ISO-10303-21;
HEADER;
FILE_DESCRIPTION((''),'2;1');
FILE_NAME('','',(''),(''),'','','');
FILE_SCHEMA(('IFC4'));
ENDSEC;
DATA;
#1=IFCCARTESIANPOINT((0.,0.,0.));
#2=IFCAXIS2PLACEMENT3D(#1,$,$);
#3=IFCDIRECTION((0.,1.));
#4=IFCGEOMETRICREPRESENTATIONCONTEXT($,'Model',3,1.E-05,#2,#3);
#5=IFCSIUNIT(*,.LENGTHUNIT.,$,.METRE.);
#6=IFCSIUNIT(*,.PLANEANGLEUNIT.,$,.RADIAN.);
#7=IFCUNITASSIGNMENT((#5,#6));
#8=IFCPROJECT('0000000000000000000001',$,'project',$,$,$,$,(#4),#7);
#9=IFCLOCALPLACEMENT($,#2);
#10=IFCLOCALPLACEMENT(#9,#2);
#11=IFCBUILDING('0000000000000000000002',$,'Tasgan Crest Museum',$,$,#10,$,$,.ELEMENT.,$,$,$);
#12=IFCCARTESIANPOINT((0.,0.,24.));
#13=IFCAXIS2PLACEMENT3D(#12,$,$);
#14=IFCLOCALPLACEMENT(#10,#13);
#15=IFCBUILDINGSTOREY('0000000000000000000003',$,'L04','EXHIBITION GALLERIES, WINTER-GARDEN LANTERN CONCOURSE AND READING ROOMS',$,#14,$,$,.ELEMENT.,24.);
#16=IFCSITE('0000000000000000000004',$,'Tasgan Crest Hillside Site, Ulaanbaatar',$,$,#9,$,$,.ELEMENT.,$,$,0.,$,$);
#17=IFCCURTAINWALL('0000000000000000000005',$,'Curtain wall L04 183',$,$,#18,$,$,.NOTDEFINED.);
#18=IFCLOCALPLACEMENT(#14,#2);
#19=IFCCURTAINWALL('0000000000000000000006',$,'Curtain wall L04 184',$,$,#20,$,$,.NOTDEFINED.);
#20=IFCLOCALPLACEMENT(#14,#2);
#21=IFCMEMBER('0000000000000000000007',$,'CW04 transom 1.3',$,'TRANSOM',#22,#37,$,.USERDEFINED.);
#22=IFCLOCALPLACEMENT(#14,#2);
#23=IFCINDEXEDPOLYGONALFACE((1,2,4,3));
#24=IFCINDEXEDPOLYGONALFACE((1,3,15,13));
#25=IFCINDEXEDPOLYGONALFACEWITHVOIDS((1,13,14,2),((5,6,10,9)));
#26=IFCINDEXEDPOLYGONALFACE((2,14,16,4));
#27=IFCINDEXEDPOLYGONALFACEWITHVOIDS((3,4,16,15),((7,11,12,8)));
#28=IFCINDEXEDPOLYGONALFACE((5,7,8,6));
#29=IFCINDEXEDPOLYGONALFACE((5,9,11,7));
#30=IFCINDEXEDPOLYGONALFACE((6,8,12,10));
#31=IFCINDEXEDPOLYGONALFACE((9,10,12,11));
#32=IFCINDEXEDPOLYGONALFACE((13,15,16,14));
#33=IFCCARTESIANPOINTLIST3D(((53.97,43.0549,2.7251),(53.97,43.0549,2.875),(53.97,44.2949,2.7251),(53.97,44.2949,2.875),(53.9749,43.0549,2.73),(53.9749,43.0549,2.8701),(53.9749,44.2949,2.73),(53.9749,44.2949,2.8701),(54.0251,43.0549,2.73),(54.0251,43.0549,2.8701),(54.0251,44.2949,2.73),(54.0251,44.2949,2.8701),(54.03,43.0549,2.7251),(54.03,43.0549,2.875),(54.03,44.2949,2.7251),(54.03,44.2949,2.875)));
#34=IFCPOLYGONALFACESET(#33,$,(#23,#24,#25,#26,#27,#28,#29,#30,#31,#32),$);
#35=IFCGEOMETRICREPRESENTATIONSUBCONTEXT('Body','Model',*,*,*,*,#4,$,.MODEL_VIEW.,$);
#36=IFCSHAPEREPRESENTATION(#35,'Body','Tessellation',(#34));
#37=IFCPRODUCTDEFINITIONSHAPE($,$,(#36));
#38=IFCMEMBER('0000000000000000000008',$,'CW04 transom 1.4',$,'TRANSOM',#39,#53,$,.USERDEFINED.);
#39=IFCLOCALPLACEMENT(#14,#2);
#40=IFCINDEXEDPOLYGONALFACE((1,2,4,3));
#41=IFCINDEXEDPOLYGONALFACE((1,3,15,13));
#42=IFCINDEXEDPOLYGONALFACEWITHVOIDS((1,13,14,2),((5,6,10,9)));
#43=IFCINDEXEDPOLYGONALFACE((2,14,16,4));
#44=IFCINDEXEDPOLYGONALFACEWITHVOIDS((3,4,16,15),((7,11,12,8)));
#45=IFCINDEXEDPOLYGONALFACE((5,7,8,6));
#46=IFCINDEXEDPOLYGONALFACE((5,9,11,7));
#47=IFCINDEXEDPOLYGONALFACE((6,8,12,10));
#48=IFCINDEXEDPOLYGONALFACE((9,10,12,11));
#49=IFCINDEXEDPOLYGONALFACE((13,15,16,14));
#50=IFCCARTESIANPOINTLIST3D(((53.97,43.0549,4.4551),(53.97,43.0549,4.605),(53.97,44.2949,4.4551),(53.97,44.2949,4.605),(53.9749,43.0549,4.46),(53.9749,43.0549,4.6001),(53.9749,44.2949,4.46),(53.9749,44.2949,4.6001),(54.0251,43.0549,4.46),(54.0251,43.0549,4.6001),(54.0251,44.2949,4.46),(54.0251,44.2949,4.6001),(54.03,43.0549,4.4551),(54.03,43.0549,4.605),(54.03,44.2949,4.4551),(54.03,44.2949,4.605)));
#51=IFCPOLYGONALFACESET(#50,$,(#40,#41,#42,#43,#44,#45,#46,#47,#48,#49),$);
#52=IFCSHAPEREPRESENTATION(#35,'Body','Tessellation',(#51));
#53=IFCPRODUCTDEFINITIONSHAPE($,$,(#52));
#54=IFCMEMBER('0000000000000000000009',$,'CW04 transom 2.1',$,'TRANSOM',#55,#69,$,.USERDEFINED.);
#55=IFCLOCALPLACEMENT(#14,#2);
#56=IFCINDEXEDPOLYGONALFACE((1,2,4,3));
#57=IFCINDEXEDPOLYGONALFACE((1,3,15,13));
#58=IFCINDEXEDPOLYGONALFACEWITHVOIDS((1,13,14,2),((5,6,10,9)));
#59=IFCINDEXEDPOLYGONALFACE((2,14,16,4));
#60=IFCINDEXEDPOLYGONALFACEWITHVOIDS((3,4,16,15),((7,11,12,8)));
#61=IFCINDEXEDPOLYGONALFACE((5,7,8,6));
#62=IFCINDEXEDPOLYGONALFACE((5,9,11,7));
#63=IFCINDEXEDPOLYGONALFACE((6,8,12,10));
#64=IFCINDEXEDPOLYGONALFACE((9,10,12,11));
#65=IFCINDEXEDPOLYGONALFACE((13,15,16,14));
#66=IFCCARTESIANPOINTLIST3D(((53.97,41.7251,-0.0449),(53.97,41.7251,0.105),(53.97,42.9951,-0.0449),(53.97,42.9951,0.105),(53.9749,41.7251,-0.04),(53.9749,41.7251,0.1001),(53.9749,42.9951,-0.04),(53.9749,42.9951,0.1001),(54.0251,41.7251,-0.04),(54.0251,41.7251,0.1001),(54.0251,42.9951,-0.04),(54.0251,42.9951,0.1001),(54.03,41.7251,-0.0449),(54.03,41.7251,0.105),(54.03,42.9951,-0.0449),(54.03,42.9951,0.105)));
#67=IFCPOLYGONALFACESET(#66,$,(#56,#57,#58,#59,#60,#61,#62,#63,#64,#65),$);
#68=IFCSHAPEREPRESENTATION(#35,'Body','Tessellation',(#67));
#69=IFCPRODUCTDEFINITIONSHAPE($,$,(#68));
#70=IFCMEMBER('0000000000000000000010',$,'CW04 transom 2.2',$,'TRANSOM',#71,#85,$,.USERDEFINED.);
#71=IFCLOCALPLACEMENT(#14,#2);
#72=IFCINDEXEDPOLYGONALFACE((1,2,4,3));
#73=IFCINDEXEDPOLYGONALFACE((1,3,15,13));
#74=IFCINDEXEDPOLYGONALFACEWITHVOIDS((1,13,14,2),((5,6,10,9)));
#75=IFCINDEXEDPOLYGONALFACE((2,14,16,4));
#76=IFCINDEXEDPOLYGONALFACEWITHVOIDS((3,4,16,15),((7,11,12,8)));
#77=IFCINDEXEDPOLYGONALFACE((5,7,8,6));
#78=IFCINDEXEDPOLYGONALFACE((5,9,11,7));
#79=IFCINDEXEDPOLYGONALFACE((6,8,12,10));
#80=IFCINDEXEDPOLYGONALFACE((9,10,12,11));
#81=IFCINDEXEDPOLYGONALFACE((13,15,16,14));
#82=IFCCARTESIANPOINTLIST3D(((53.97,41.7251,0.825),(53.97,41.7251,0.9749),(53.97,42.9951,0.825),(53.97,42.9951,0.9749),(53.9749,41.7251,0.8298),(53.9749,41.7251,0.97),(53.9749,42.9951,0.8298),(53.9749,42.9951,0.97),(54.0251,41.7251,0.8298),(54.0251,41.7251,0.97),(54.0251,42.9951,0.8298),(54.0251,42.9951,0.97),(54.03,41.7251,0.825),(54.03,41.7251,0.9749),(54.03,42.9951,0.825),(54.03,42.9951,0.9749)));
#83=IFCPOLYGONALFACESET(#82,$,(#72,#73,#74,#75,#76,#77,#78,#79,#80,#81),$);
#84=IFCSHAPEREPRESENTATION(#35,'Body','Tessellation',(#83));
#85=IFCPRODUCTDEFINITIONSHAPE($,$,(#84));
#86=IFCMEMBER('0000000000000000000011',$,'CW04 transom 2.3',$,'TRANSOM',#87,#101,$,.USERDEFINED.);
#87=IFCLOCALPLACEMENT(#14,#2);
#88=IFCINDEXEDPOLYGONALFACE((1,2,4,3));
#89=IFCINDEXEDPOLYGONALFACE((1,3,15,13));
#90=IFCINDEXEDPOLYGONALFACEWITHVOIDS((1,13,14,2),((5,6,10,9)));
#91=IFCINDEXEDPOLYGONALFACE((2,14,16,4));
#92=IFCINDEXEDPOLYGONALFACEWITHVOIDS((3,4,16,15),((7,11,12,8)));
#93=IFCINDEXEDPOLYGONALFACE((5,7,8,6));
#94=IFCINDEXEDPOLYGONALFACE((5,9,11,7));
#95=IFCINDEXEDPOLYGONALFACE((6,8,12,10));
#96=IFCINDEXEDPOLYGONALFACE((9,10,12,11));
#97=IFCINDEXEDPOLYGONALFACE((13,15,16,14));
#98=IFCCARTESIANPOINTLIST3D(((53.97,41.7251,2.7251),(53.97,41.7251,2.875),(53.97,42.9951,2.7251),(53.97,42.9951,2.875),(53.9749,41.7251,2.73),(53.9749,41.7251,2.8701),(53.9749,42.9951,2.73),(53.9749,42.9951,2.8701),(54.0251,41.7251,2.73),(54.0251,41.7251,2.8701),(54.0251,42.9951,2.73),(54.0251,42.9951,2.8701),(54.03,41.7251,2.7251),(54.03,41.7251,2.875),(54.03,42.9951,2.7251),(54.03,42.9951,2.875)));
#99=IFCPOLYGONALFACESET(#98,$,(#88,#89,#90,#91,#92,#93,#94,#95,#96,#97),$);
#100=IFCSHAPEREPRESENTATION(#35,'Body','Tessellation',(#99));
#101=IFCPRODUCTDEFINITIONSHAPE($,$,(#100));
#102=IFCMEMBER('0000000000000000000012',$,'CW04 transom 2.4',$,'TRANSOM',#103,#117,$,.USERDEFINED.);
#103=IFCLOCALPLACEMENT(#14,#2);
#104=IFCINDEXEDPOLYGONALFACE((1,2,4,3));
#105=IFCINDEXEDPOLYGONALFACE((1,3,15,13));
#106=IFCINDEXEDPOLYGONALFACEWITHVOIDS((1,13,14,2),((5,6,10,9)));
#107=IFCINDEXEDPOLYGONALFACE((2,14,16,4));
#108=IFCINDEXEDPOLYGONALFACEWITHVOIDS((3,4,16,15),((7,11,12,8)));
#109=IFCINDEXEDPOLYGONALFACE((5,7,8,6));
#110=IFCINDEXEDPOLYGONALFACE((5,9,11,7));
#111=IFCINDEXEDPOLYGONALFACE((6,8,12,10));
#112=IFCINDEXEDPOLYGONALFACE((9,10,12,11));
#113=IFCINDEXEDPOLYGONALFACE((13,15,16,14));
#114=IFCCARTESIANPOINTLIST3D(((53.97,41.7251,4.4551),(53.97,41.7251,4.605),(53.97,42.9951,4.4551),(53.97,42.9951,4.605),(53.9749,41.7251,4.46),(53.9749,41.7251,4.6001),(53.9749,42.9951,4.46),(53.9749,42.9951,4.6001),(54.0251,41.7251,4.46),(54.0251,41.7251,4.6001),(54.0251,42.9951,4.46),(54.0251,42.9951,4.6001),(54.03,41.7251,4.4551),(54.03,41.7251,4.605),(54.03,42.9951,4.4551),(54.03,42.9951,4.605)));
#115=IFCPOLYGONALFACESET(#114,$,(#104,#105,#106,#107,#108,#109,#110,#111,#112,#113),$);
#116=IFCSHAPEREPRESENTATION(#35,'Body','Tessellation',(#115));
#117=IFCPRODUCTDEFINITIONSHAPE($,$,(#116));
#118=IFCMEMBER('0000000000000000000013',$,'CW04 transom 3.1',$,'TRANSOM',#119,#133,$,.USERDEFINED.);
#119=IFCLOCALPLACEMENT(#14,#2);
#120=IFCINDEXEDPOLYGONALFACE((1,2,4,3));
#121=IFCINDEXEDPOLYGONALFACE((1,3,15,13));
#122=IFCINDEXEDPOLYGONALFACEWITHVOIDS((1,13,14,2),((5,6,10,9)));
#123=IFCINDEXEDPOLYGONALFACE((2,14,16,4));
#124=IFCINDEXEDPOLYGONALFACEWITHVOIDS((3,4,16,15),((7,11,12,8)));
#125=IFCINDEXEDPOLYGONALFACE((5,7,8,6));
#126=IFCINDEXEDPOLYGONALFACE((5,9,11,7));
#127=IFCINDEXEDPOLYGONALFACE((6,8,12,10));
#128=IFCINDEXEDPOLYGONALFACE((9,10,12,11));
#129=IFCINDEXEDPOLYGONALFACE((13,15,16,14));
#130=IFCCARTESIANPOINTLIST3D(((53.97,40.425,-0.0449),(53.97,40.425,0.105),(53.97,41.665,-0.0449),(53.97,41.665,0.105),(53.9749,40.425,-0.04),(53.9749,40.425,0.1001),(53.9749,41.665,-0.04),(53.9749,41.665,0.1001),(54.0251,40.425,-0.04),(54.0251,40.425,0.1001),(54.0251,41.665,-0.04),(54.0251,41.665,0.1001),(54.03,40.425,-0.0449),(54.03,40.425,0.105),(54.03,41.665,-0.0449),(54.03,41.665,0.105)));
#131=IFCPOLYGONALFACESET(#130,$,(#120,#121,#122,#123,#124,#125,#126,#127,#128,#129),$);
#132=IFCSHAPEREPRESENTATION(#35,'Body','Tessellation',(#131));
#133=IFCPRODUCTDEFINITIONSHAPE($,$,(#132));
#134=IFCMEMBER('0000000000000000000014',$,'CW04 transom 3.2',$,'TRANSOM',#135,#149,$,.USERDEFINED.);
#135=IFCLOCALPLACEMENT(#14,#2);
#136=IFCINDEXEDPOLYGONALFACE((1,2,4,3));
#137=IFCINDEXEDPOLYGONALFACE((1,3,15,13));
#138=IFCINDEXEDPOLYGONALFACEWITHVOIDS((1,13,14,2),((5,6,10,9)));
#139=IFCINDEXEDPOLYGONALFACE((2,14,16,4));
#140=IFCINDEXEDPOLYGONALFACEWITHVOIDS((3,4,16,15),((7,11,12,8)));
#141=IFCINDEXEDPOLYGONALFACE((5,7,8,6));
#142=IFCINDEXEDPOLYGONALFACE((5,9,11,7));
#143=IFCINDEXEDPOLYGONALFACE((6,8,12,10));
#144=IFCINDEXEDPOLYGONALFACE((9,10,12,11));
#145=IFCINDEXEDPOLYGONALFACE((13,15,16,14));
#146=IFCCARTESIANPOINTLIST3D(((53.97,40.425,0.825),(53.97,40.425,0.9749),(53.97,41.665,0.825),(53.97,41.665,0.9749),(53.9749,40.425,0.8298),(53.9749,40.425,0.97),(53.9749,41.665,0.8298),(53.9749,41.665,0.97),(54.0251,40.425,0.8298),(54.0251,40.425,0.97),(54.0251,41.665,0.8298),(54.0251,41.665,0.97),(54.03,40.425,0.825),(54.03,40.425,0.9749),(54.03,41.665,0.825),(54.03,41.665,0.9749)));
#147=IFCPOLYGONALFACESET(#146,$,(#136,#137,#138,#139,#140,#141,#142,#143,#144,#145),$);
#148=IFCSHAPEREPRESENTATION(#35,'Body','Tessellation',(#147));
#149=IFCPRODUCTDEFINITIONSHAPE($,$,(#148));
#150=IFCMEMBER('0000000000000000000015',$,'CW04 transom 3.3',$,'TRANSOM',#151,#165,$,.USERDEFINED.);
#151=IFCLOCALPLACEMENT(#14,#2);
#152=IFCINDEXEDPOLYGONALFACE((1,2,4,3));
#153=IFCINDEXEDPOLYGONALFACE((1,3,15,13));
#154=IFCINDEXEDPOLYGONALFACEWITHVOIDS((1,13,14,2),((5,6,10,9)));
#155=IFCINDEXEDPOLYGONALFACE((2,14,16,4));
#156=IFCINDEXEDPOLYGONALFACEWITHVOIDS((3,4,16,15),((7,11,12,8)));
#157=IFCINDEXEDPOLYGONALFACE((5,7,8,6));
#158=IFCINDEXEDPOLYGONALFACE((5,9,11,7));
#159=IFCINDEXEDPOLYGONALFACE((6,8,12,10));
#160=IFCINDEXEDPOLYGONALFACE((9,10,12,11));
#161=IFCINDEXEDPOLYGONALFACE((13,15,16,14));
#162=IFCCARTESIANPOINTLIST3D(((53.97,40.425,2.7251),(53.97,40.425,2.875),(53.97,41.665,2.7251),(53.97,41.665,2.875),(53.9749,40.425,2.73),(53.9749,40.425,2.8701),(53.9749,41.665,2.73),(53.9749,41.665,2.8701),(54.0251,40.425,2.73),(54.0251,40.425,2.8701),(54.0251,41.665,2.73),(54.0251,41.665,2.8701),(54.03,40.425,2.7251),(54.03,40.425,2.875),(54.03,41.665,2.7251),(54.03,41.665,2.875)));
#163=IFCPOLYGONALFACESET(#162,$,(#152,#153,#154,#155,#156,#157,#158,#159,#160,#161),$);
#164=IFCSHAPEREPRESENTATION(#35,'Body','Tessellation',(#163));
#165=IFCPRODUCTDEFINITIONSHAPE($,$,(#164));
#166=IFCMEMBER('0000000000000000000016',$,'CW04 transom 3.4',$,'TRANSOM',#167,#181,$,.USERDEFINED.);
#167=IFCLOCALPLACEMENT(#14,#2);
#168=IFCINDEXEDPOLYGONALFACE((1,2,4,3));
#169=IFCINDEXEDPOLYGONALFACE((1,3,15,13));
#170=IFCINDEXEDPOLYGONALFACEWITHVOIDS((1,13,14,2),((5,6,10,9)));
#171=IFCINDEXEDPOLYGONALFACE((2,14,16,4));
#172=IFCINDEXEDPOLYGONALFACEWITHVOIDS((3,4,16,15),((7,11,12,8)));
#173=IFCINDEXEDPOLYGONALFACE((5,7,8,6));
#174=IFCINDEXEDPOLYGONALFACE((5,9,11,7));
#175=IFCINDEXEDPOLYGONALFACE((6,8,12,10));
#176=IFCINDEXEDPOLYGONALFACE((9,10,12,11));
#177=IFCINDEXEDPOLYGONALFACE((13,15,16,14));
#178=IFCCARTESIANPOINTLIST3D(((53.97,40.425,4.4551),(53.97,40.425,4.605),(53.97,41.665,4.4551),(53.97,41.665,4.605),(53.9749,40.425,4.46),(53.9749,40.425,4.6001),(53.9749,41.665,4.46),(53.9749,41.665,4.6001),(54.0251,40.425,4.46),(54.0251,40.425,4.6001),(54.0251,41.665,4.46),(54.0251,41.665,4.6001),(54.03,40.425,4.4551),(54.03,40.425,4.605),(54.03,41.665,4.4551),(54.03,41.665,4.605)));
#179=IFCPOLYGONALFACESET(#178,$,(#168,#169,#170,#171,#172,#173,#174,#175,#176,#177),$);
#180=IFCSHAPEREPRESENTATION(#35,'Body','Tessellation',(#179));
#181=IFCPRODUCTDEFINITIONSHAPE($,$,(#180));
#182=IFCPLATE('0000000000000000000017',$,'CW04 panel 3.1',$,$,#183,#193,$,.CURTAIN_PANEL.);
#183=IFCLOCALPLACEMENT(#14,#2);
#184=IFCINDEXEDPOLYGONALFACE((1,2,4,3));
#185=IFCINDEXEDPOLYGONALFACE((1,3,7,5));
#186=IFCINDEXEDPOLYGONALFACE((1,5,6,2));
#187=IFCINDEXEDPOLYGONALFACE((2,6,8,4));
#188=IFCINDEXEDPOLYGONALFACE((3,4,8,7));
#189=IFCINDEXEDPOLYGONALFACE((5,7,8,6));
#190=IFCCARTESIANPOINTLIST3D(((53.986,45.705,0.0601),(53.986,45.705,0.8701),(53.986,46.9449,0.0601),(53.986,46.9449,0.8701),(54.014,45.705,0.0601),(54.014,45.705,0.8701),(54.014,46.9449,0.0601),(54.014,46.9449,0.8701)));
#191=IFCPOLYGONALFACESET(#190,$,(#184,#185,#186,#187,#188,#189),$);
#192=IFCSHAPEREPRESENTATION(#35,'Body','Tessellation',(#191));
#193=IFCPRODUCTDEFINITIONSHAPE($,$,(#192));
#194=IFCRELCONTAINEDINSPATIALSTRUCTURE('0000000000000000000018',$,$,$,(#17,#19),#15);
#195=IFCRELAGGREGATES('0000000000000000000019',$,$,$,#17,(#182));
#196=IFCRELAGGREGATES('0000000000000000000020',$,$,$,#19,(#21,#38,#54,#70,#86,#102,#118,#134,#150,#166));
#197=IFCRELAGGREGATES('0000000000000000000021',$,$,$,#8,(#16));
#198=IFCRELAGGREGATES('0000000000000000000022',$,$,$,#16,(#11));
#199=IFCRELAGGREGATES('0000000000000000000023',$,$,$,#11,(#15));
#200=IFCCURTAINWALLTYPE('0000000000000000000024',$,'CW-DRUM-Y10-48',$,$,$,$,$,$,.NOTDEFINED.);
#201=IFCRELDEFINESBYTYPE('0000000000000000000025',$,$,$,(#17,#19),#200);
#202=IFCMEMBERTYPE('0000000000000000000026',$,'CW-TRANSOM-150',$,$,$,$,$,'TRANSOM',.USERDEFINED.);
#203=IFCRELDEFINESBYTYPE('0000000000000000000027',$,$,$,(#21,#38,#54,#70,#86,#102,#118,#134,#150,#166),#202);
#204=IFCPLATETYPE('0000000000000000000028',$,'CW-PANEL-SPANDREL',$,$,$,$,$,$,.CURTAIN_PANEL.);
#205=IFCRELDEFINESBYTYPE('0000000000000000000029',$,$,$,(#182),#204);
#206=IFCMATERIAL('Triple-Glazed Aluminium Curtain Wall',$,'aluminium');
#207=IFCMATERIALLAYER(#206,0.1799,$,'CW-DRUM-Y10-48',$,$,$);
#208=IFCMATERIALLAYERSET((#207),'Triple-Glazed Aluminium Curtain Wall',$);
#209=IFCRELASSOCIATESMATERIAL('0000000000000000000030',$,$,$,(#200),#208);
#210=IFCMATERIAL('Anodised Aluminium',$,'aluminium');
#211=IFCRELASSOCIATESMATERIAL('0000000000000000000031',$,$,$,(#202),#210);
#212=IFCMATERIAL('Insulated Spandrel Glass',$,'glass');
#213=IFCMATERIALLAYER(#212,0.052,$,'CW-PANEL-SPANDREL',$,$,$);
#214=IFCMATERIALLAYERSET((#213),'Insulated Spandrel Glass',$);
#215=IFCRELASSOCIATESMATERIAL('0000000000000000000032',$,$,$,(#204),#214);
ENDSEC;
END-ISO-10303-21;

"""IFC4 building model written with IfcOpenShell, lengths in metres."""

from ifc_helpers import new_model, si_unit, direction, frame, origin, origin_2d, place, context, subcontext, project, spatial, rectangle, hollow_rectangle, extrude, material, layer, layer_set, material_profile, profile_set, type_object, element, aggregate, save


model = new_model("IFC4")

# Units and contexts
model_context = context("Model", 3, precision=1e-05, world=origin(), true_north=direction((0.0, 1.0)))
body_context = subcontext(model_context, "Body", "Model", "MODEL_VIEW")
ifc_project = project(units=[si_unit("LENGTHUNIT", "METRE"), si_unit("PLANEANGLEUNIT", "RADIAN")], contexts=[model_context])

# Site, building, storey
site_placement = place(None, origin())
site = spatial("IfcSite", under=ifc_project, at=site_placement, Name="Tasgan Crest Hillside Site, Ulaanbaatar", CompositionType="ELEMENT", RefElevation=0.0)
building_placement = place(site_placement, origin())
building = spatial("IfcBuilding", under=site, at=building_placement, Name="Tasgan Crest Museum", CompositionType="ELEMENT")
storey_placement = place(building_placement, frame((0.0, 0.0, 24.0)))
storey = spatial("IfcBuildingStorey", under=building, at=storey_placement, Name="L04", Description="EXHIBITION GALLERIES, WINTER-GARDEN LANTERN CONCOURSE AND READING ROOMS", CompositionType="ELEMENT", Elevation=24.0)

# Curtain walls
ifc_material_1 = material(Name="Triple-Glazed Aluminium Curtain Wall", Category="aluminium")
ifc_layer_1 = layer(ifc_material_1, 0.1799, Name="CW-DRUM-Y10-48")
ifc_layer_set_1 = layer_set([ifc_layer_1], Name="Triple-Glazed Aluminium Curtain Wall")
curtain_wall_type = type_object("IfcCurtainWallType", Name="CW-DRUM-Y10-48", PredefinedType="NOTDEFINED", material=ifc_layer_set_1)
curtain_wall_1_placement = place(storey_placement, origin())
curtain_wall_1 = element("IfcCurtainWall", 1, at=curtain_wall_1_placement, inside=storey, type_object=curtain_wall_type, Name="Curtain wall L04 183", PredefinedType="NOTDEFINED")
curtain_wall_2_placement = place(storey_placement, origin())
curtain_wall_2 = element("IfcCurtainWall", 2, at=curtain_wall_2_placement, inside=storey, type_object=curtain_wall_type, Name="Curtain wall L04 184", PredefinedType="NOTDEFINED")

# Members
ifc_material_2 = material(Name="Anodised Aluminium", Category="aluminium")
ifc_material_profile_1 = material_profile(ifc_material_2, hollow_rectangle(XDim=0.0601, YDim=0.1499, WallThickness=0.0049, at=origin_2d()), Name="ALU TRANSOM 150x60x5")
ifc_profile_set_1 = profile_set([ifc_material_profile_1], Name="Anodised Aluminium")
member_type_1 = type_object("IfcMemberType", Name="CW-TRANSOM-150", ElementType="TRANSOM", PredefinedType="USERDEFINED", material=ifc_profile_set_1)
member_1_placement = place(storey_placement, frame((54.0, 44.2949, 2.8), z_axis=(0.0, -1.0, 0.0), x_axis=(1.0, 0.0, 0.0)))
member_1 = element("IfcMember", 3, at=member_1_placement, type_object=member_type_1, Name="CW04 transom 1.3", ObjectType="TRANSOM", PredefinedType="USERDEFINED", context=body_context, shape_type="SweptSolid", body=[
    extrude(hollow_rectangle(XDim=0.0601, YDim=0.1499, WallThickness=0.0049, at=origin_2d()), origin(), (0.0, 0.0, 1.0), 1.24),
])
member_2_placement = place(storey_placement, frame((54.0, 44.2949, 4.53), z_axis=(0.0, -1.0, 0.0), x_axis=(1.0, 0.0, 0.0)))
member_2 = element("IfcMember", 4, at=member_2_placement, type_object=member_type_1, Name="CW04 transom 1.4", ObjectType="TRANSOM", PredefinedType="USERDEFINED", context=body_context, shape_type="SweptSolid", body=[
    extrude(hollow_rectangle(XDim=0.0601, YDim=0.1499, WallThickness=0.0049, at=origin_2d()), origin(), (0.0, 0.0, 1.0), 1.24),
])
member_3_placement = place(storey_placement, frame((54.0, 42.9951, 0.03), z_axis=(0.0, -1.0, 0.0), x_axis=(1.0, 0.0, 0.0)))
member_3 = element("IfcMember", 5, at=member_3_placement, type_object=member_type_1, Name="CW04 transom 2.1", ObjectType="TRANSOM", PredefinedType="USERDEFINED", context=body_context, shape_type="SweptSolid", body=[
    extrude(hollow_rectangle(XDim=0.0601, YDim=0.1499, WallThickness=0.0049, at=origin_2d()), origin(), (0.0, 0.0, 1.0), 1.27),
])
member_4_placement = place(storey_placement, frame((54.0, 42.9951, 0.8999), z_axis=(0.0, -1.0, 0.0), x_axis=(1.0, 0.0, 0.0)))
member_4 = element("IfcMember", 6, at=member_4_placement, type_object=member_type_1, Name="CW04 transom 2.2", ObjectType="TRANSOM", PredefinedType="USERDEFINED", context=body_context, shape_type="SweptSolid", body=[
    extrude(hollow_rectangle(XDim=0.0601, YDim=0.1499, WallThickness=0.0049, at=origin_2d()), origin(), (0.0, 0.0, 1.0), 1.27),
])
member_5_placement = place(storey_placement, frame((54.0, 42.9951, 2.8), z_axis=(0.0, -1.0, 0.0), x_axis=(1.0, 0.0, 0.0)))
member_5 = element("IfcMember", 7, at=member_5_placement, type_object=member_type_1, Name="CW04 transom 2.3", ObjectType="TRANSOM", PredefinedType="USERDEFINED", context=body_context, shape_type="SweptSolid", body=[
    extrude(hollow_rectangle(XDim=0.0601, YDim=0.1499, WallThickness=0.0049, at=origin_2d()), origin(), (0.0, 0.0, 1.0), 1.27),
])
member_6_placement = place(storey_placement, frame((54.0, 42.9951, 4.53), z_axis=(0.0, -1.0, 0.0), x_axis=(1.0, 0.0, 0.0)))
member_6 = element("IfcMember", 8, at=member_6_placement, type_object=member_type_1, Name="CW04 transom 2.4", ObjectType="TRANSOM", PredefinedType="USERDEFINED", context=body_context, shape_type="SweptSolid", body=[
    extrude(hollow_rectangle(XDim=0.0601, YDim=0.1499, WallThickness=0.0049, at=origin_2d()), origin(), (0.0, 0.0, 1.0), 1.27),
])
member_7_placement = place(storey_placement, frame((54.0, 41.665, 0.03), z_axis=(0.0, -1.0, 0.0), x_axis=(1.0, 0.0, 0.0)))
member_7 = element("IfcMember", 9, at=member_7_placement, type_object=member_type_1, Name="CW04 transom 3.1", ObjectType="TRANSOM", PredefinedType="USERDEFINED", context=body_context, shape_type="SweptSolid", body=[
    extrude(hollow_rectangle(XDim=0.0601, YDim=0.1499, WallThickness=0.0049, at=origin_2d()), origin(), (0.0, 0.0, 1.0), 1.24),
])
member_8_placement = place(storey_placement, frame((54.0, 41.665, 0.8999), z_axis=(0.0, -1.0, 0.0), x_axis=(1.0, 0.0, 0.0)))
member_8 = element("IfcMember", 10, at=member_8_placement, type_object=member_type_1, Name="CW04 transom 3.2", ObjectType="TRANSOM", PredefinedType="USERDEFINED", context=body_context, shape_type="SweptSolid", body=[
    extrude(hollow_rectangle(XDim=0.0601, YDim=0.1499, WallThickness=0.0049, at=origin_2d()), origin(), (0.0, 0.0, 1.0), 1.24),
])
member_9_placement = place(storey_placement, frame((54.0, 41.665, 2.8), z_axis=(0.0, -1.0, 0.0), x_axis=(1.0, 0.0, 0.0)))
member_9 = element("IfcMember", 11, at=member_9_placement, type_object=member_type_1, Name="CW04 transom 3.3", ObjectType="TRANSOM", PredefinedType="USERDEFINED", context=body_context, shape_type="SweptSolid", body=[
    extrude(hollow_rectangle(XDim=0.0601, YDim=0.1499, WallThickness=0.0049, at=origin_2d()), origin(), (0.0, 0.0, 1.0), 1.24),
])
member_10_placement = place(storey_placement, frame((54.0, 41.665, 4.53), z_axis=(0.0, -1.0, 0.0), x_axis=(1.0, 0.0, 0.0)))
member_10 = element("IfcMember", 12, at=member_10_placement, type_object=member_type_1, Name="CW04 transom 3.4", ObjectType="TRANSOM", PredefinedType="USERDEFINED", context=body_context, shape_type="SweptSolid", body=[
    extrude(hollow_rectangle(XDim=0.0601, YDim=0.1499, WallThickness=0.0049, at=origin_2d()), origin(), (0.0, 0.0, 1.0), 1.24),
])

# Plate
ifc_material_3 = material(Name="Insulated Spandrel Glass", Category="glass")
ifc_layer_2 = layer(ifc_material_3, 0.052, Name="CW-PANEL-SPANDREL")
ifc_layer_set_2 = layer_set([ifc_layer_2], Name="Insulated Spandrel Glass")
plate_type_1 = type_object("IfcPlateType", Name="CW-PANEL-SPANDREL", PredefinedType="CURTAIN_PANEL", material=ifc_layer_set_2)
plate_1_placement = place(storey_placement, frame((54.0, 46.325, 0.0601), z_axis=(0.0, 0.0, 1.0), x_axis=(0.0, -1.0, 0.0)))
plate_1 = element("IfcPlate", 13, at=plate_1_placement, type_object=plate_type_1, Name="CW04 panel 3.1", PredefinedType="CURTAIN_PANEL", context=body_context, shape_type="SweptSolid", body=[
    extrude(rectangle(XDim=1.24, YDim=0.0281, at=origin_2d()), origin(), (0.0, 0.0, 1.0), 0.8101),
])
aggregate(curtain_wall_1, [plate_1])
aggregate(curtain_wall_2, [member_1, member_2, member_3, member_4, member_5, member_6, member_7, member_8, member_9, member_10])

save(model, "model.ifc")
